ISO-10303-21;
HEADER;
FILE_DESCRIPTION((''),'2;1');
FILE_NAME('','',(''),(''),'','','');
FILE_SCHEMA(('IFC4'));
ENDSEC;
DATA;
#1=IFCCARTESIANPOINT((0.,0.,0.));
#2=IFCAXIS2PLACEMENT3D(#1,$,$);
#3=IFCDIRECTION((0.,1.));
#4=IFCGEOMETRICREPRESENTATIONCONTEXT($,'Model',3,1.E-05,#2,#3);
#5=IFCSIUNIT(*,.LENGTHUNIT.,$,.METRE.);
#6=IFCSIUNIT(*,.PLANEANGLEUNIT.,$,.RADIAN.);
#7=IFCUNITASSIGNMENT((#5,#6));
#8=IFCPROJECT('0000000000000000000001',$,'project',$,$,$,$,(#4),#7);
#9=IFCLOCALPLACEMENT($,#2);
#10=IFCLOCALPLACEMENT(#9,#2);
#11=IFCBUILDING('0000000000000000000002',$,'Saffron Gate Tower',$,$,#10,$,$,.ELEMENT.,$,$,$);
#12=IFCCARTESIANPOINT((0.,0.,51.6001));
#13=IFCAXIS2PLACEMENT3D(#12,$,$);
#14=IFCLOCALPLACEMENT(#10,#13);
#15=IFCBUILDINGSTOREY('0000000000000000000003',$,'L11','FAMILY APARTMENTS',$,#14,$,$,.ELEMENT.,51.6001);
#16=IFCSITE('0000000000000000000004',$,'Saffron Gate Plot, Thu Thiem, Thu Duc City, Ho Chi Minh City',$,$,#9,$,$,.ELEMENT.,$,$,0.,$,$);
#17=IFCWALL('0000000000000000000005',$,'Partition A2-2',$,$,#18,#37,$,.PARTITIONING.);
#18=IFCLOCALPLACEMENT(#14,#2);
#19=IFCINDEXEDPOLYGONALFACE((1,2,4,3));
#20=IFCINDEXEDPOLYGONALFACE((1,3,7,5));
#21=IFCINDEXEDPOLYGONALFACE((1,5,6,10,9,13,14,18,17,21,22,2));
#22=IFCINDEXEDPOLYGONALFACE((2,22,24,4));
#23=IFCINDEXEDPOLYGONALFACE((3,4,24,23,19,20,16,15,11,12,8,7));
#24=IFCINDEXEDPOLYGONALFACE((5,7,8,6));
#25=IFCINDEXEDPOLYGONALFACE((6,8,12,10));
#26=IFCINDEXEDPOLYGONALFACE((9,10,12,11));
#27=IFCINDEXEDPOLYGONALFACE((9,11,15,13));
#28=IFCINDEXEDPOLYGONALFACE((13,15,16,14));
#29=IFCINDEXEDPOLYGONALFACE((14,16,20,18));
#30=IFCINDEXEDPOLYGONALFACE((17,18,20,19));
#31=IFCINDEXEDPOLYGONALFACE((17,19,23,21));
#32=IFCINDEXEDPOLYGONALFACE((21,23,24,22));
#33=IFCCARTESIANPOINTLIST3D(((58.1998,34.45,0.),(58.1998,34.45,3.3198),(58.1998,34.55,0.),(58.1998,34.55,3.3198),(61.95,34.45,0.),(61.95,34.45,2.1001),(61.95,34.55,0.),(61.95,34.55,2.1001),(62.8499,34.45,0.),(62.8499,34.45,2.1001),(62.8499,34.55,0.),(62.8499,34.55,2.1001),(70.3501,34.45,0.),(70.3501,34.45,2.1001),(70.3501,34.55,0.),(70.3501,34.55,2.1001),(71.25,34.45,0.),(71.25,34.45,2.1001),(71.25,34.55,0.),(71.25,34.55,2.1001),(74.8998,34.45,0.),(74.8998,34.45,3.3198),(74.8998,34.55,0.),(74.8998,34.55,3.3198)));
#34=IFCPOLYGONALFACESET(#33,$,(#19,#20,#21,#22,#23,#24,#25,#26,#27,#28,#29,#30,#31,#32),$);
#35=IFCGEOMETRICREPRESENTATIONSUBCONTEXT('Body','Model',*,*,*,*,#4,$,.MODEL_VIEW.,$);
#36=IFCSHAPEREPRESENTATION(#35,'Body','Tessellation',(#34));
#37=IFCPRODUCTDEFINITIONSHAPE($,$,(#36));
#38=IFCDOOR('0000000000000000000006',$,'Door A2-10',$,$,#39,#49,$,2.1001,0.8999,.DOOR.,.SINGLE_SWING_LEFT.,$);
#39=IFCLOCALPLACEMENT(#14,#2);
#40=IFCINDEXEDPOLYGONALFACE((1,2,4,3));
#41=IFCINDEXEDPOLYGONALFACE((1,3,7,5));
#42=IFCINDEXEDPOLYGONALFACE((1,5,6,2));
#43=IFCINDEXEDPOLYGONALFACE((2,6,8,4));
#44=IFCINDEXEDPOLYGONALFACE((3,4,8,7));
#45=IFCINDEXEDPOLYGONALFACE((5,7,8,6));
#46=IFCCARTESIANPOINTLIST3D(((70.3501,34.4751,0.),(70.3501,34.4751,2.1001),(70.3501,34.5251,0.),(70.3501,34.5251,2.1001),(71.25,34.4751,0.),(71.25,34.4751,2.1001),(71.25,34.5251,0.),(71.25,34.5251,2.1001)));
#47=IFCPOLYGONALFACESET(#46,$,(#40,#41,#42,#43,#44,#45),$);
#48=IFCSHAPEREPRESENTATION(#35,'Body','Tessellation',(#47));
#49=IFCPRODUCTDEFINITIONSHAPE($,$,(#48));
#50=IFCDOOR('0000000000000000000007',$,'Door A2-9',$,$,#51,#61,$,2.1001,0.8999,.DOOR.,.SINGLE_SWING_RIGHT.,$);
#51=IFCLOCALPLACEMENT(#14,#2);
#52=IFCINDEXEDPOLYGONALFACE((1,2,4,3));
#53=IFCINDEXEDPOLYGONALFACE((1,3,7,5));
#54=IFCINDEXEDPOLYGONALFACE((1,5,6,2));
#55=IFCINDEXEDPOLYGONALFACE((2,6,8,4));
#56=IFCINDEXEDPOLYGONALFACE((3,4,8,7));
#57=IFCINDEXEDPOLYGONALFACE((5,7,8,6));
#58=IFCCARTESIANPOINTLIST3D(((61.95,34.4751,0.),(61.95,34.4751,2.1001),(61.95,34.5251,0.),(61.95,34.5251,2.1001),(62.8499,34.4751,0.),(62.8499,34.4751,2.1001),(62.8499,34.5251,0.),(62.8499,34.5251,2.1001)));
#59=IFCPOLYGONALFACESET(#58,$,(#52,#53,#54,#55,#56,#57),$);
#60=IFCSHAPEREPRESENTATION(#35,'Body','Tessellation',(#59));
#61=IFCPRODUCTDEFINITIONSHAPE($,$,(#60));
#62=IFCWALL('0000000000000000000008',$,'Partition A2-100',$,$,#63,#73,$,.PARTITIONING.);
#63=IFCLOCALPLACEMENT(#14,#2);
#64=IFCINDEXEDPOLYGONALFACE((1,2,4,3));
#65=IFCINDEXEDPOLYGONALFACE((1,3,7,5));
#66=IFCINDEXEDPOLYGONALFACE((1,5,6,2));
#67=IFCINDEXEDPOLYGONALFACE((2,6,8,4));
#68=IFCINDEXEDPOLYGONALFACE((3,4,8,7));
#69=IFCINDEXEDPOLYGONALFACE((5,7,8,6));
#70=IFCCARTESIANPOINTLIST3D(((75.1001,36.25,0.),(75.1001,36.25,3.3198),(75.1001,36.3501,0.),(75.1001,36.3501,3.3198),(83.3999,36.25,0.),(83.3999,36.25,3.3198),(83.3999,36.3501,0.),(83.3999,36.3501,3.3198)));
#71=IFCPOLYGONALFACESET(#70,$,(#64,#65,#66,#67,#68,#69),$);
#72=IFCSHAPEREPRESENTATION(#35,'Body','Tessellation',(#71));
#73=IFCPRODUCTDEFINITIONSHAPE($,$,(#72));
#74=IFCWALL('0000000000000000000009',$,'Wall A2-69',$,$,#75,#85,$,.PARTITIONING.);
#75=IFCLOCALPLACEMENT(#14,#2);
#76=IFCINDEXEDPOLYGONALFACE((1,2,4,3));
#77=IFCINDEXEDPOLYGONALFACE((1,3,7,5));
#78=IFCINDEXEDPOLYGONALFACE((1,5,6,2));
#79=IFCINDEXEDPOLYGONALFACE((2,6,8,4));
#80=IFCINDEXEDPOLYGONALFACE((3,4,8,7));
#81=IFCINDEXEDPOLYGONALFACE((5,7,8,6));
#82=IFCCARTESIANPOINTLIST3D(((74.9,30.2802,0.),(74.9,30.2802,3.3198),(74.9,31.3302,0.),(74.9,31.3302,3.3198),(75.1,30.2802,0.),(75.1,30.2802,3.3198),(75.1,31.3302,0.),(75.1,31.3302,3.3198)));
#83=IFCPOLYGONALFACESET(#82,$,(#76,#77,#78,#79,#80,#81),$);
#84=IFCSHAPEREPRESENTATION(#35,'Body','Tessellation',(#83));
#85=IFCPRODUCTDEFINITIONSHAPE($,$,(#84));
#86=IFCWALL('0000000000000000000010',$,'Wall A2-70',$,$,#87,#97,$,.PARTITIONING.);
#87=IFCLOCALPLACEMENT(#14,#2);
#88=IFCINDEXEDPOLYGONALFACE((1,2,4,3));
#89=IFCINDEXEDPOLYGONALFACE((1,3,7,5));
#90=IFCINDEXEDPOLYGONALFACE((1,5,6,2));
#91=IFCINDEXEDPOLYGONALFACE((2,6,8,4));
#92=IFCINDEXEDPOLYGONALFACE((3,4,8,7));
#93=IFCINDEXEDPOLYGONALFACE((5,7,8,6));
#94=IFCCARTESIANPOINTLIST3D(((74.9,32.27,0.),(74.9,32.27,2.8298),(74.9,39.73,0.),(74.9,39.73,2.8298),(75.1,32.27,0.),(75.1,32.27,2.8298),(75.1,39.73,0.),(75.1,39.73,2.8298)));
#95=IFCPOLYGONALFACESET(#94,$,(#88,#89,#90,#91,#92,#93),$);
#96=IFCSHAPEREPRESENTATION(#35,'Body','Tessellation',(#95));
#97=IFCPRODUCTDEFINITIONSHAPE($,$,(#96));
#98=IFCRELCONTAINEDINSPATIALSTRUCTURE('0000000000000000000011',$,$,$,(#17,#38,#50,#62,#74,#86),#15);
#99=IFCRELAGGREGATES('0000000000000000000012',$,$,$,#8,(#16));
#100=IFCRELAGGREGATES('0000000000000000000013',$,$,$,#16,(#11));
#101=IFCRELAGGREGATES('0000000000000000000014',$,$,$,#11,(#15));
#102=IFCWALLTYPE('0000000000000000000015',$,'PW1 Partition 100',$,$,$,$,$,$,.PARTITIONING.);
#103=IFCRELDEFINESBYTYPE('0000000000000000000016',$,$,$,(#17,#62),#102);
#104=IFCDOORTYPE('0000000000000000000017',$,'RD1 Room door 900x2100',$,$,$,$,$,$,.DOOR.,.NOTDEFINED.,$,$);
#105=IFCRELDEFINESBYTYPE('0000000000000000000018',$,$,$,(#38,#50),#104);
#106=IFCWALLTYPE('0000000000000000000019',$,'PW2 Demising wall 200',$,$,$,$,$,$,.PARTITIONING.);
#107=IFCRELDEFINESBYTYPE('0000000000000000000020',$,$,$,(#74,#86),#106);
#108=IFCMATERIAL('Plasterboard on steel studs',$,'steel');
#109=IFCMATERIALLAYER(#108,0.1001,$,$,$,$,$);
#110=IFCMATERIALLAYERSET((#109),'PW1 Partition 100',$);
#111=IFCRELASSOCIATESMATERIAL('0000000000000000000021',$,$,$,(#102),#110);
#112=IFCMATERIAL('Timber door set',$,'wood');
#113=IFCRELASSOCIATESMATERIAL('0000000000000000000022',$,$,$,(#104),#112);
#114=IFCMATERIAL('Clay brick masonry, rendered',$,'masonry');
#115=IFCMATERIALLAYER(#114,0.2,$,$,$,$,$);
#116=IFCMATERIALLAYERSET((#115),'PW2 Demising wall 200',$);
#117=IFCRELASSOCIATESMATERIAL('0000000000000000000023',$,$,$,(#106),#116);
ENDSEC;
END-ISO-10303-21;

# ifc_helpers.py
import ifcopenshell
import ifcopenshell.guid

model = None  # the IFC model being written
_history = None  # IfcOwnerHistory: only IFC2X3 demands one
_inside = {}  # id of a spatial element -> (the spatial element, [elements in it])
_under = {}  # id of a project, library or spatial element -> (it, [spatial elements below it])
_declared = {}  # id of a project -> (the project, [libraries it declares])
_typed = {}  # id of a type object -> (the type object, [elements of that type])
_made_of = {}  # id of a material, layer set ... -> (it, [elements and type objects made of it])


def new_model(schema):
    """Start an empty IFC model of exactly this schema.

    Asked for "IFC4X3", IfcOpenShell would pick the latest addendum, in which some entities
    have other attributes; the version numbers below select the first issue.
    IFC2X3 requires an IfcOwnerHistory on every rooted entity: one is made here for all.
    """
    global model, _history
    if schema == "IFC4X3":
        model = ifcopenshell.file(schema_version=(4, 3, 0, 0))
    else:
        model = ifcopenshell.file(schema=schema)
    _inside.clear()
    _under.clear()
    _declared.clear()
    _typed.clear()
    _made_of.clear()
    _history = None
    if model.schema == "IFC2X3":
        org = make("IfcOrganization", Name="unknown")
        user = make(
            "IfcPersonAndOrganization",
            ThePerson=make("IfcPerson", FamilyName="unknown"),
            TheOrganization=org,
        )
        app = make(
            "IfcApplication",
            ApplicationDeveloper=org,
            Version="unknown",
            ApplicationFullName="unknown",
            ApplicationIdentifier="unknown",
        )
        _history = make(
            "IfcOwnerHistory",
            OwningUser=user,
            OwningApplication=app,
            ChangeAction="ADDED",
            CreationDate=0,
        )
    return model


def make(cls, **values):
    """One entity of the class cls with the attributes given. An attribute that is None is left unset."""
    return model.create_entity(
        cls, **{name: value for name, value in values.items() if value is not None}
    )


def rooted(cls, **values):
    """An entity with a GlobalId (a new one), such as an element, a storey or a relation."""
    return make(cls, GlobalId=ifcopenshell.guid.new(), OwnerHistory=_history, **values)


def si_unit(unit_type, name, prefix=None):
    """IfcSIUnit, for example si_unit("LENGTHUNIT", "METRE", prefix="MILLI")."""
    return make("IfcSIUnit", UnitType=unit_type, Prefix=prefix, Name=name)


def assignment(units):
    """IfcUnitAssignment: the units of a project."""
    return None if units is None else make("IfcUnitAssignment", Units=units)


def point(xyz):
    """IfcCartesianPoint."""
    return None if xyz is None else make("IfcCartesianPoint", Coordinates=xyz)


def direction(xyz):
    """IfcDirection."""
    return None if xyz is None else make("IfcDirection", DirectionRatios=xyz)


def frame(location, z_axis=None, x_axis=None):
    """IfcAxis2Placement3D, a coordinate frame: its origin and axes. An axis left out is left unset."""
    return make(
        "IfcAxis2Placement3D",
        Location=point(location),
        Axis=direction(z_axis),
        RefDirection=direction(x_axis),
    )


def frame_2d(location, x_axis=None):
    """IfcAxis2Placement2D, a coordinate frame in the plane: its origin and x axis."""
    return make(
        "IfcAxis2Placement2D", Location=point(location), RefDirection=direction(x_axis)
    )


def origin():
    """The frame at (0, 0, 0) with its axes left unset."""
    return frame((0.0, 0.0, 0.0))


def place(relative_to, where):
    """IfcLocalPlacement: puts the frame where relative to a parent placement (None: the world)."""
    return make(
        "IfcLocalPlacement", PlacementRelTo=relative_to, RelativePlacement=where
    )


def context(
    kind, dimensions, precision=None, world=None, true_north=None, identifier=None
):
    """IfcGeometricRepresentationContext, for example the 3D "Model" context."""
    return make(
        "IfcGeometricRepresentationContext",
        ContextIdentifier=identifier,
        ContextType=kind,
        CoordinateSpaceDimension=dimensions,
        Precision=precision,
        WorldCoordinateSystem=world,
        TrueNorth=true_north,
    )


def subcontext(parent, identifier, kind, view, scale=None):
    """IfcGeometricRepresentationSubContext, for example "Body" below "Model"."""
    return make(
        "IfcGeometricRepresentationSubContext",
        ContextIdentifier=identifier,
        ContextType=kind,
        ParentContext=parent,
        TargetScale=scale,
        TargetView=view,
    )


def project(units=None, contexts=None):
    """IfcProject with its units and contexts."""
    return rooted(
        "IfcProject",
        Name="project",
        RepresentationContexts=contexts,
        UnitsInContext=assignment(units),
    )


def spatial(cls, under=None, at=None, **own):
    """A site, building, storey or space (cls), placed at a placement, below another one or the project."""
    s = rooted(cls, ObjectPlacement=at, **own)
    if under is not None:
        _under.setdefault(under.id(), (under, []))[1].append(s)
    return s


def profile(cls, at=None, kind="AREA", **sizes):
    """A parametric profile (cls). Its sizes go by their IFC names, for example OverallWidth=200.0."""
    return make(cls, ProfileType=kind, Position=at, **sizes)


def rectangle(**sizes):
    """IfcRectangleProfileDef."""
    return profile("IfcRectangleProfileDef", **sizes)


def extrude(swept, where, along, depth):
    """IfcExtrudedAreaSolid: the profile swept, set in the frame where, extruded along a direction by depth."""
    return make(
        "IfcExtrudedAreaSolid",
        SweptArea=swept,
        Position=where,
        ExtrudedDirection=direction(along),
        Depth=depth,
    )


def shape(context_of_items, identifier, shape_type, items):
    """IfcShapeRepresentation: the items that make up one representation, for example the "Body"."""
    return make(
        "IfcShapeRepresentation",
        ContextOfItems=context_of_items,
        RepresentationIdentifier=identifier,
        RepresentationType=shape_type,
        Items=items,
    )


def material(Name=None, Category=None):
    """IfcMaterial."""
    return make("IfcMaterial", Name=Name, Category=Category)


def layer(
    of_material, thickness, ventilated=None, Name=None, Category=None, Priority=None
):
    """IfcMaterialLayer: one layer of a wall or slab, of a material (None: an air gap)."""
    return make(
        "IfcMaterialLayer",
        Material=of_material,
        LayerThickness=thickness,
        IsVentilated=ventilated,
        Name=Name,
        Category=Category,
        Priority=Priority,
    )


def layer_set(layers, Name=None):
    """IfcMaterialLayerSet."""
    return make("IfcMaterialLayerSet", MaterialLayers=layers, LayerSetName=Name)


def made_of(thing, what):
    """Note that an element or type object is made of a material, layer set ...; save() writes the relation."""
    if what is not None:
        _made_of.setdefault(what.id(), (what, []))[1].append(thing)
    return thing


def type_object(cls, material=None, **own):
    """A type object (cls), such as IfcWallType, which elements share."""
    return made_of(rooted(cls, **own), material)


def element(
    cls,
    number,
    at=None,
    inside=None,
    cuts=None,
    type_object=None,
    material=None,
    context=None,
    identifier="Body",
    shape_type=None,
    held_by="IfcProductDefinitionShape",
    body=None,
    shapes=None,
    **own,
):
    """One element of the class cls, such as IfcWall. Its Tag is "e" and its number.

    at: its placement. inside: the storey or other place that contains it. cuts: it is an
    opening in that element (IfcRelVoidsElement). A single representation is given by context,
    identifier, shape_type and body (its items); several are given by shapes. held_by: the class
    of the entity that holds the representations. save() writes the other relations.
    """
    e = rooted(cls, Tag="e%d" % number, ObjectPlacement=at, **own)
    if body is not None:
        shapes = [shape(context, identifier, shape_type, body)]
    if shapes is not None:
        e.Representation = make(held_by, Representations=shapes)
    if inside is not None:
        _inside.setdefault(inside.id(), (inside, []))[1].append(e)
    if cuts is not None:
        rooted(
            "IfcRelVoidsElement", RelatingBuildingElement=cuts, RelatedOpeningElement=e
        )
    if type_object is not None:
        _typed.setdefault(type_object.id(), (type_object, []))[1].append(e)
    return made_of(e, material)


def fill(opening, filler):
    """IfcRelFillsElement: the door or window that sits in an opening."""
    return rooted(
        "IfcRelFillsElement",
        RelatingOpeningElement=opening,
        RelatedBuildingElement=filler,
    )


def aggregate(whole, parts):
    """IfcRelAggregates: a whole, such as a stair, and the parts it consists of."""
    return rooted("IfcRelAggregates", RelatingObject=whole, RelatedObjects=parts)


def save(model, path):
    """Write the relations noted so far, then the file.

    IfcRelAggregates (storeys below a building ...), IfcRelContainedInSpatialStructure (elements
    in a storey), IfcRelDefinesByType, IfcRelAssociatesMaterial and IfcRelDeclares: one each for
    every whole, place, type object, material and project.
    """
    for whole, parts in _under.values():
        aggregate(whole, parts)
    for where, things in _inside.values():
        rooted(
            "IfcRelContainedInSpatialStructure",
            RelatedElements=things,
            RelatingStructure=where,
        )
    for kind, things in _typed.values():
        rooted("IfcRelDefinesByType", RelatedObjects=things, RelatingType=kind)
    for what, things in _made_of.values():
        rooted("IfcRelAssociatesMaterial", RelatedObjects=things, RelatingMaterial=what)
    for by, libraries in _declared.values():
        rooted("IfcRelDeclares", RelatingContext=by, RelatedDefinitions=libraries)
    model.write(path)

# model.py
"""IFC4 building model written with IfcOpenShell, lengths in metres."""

from ifc_helpers import new_model, si_unit, direction, frame, frame_2d, origin, place, context, subcontext, project, spatial, rectangle, extrude, material, layer, layer_set, type_object, element, fill, save


model = new_model("IFC4")

# Units and contexts
model_context = context("Model", 3, precision=1e-05, world=origin(), true_north=direction((0.0, 1.0)))
body_context = subcontext(model_context, "Body", "Model", "MODEL_VIEW")
ifc_project = project(units=[si_unit("LENGTHUNIT", "METRE"), si_unit("PLANEANGLEUNIT", "RADIAN")], contexts=[model_context])

# Site, building, storey
site_placement = place(None, origin())
site = spatial("IfcSite", under=ifc_project, at=site_placement, Name="Saffron Gate Plot, Thu Thiem, Thu Duc City, Ho Chi Minh City", CompositionType="ELEMENT", RefElevation=0.0)
building_placement = place(site_placement, origin())
building = spatial("IfcBuilding", under=site, at=building_placement, Name="Saffron Gate Tower", CompositionType="ELEMENT")
storey_placement = place(building_placement, frame((0.0, 0.0, 51.6001)))
storey = spatial("IfcBuildingStorey", under=building, at=storey_placement, Name="L11", Description="FAMILY APARTMENTS", CompositionType="ELEMENT", Elevation=51.6001)

# Wall, openings, doors
ifc_material_1 = material(Name="Plasterboard on steel studs", Category="steel")
ifc_layer_1 = layer(ifc_material_1, 0.1001)
ifc_layer_set_1 = layer_set([ifc_layer_1], Name="PW1 Partition 100")
wall_type_1 = type_object("IfcWallType", Name="PW1 Partition 100", PredefinedType="PARTITIONING", material=ifc_layer_set_1)
wall_1_placement = place(storey_placement, frame((74.8999, 34.5, 0.0), z_axis=(0.0, 0.0, 1.0), x_axis=(-1.0, 0.0, 0.0)))
wall_1 = element("IfcWall", 1, at=wall_1_placement, inside=storey, type_object=wall_type_1, Name="Partition A2-2", PredefinedType="PARTITIONING", context=body_context, shape_type="SweptSolid", body=[
    extrude(rectangle(XDim=16.7, YDim=0.1001, at=frame_2d((8.3501, 0.0))), origin(), (0.0, 0.0, 1.0), 3.3198),
])
opening_1_placement = place(wall_1_placement, frame((3.6499, 0.0, 0.0)))
opening_1 = element("IfcOpeningElement", 2, at=opening_1_placement, cuts=wall_1, PredefinedType="OPENING", context=body_context, shape_type="SweptSolid", body=[
    extrude(rectangle(XDim=0.8999, YDim=2.1001, at=frame_2d((0.45, 1.05))), frame((0.0, 0.0601, 0.0), z_axis=(0.0, -1.0, 0.0), x_axis=(1.0, 0.0, 0.0)), (0.0, 0.0, 1.0), 0.1201),
])
opening_2_placement = place(wall_1_placement, frame((12.05, 0.0, 0.0)))
opening_2 = element("IfcOpeningElement", 3, at=opening_2_placement, cuts=wall_1, PredefinedType="OPENING", context=body_context, shape_type="SweptSolid", body=[
    extrude(rectangle(XDim=0.8999, YDim=2.1001, at=frame_2d((0.45, 1.05))), frame((0.0, 0.0601, 0.0), z_axis=(0.0, -1.0, 0.0), x_axis=(1.0, 0.0, 0.0)), (0.0, 0.0, 1.0), 0.1201),
])
ifc_material_2 = material(Name="Timber door set", Category="wood")
door_type = type_object("IfcDoorType", Name="RD1 Room door 900x2100", OperationType="NOTDEFINED", PredefinedType="DOOR", material=ifc_material_2)
door_1_placement = place(opening_1_placement, origin())
door_1 = element("IfcDoor", 4, at=door_1_placement, inside=storey, type_object=door_type, Name="Door A2-10", OperationType="SINGLE_SWING_LEFT", OverallHeight=2.1001, OverallWidth=0.8999, PredefinedType="DOOR", context=body_context, shape_type="SweptSolid", body=[
    extrude(rectangle(XDim=0.8999, YDim=2.1001, at=frame_2d((0.45, 1.05))), frame((0.0, 0.0249, 0.0), z_axis=(0.0, -1.0, 0.0), x_axis=(1.0, 0.0, 0.0)), (0.0, 0.0, 1.0), 0.05),
])
fill(opening_1, door_1)
door_2_placement = place(opening_2_placement, origin())
door_2 = element("IfcDoor", 5, at=door_2_placement, inside=storey, type_object=door_type, Name="Door A2-9", OperationType="SINGLE_SWING_RIGHT", OverallHeight=2.1001, OverallWidth=0.8999, PredefinedType="DOOR", context=body_context, shape_type="SweptSolid", body=[
    extrude(rectangle(XDim=0.8999, YDim=2.1001, at=frame_2d((0.45, 1.05))), frame((0.0, 0.0249, 0.0), z_axis=(0.0, -1.0, 0.0), x_axis=(1.0, 0.0, 0.0)), (0.0, 0.0, 1.0), 0.05),
])
fill(opening_2, door_2)

# Walls
wall_2_placement = place(storey_placement, frame((75.1001, 36.3, 0.0), z_axis=(0.0, 0.0, 1.0), x_axis=(1.0, 0.0, 0.0)))
element("IfcWall", 6, at=wall_2_placement, inside=storey, type_object=wall_type_1, Name="Partition A2-100", PredefinedType="PARTITIONING", context=body_context, shape_type="SweptSolid", body=[
    extrude(rectangle(XDim=8.2998, YDim=0.1001, at=frame_2d((4.1499, 0.0))), origin(), (0.0, 0.0, 1.0), 3.3198),
])
ifc_material_3 = material(Name="Clay brick masonry, rendered", Category="masonry")
ifc_layer_2 = layer(ifc_material_3, 0.2)
ifc_layer_set_2 = layer_set([ifc_layer_2], Name="PW2 Demising wall 200")
wall_type_2 = type_object("IfcWallType", Name="PW2 Demising wall 200", PredefinedType="PARTITIONING", material=ifc_layer_set_2)
wall_3_placement = place(storey_placement, frame((75.0, 31.3301, 0.0), z_axis=(0.0, 0.0, 1.0), x_axis=(0.0, -1.0, 0.0)))
element("IfcWall", 7, at=wall_3_placement, inside=storey, type_object=wall_type_2, Name="Wall A2-69", PredefinedType="PARTITIONING", context=body_context, shape_type="SweptSolid", body=[
    extrude(rectangle(XDim=1.05, YDim=0.2, at=frame_2d((0.5249, 0.0))), origin(), (0.0, 0.0, 1.0), 3.3198),
])
wall_4_placement = place(storey_placement, frame((75.0, 39.73, 0.0), z_axis=(0.0, 0.0, 1.0), x_axis=(0.0, -1.0, 0.0)))
element("IfcWall", 8, at=wall_4_placement, inside=storey, type_object=wall_type_2, Name="Wall A2-70", PredefinedType="PARTITIONING", context=body_context, shape_type="SweptSolid", body=[
    extrude(rectangle(XDim=7.46, YDim=0.2, at=frame_2d((3.73, 0.0))), origin(), (0.0, 0.0, 1.0), 2.8298),
])

save(model, "model.ifc")
